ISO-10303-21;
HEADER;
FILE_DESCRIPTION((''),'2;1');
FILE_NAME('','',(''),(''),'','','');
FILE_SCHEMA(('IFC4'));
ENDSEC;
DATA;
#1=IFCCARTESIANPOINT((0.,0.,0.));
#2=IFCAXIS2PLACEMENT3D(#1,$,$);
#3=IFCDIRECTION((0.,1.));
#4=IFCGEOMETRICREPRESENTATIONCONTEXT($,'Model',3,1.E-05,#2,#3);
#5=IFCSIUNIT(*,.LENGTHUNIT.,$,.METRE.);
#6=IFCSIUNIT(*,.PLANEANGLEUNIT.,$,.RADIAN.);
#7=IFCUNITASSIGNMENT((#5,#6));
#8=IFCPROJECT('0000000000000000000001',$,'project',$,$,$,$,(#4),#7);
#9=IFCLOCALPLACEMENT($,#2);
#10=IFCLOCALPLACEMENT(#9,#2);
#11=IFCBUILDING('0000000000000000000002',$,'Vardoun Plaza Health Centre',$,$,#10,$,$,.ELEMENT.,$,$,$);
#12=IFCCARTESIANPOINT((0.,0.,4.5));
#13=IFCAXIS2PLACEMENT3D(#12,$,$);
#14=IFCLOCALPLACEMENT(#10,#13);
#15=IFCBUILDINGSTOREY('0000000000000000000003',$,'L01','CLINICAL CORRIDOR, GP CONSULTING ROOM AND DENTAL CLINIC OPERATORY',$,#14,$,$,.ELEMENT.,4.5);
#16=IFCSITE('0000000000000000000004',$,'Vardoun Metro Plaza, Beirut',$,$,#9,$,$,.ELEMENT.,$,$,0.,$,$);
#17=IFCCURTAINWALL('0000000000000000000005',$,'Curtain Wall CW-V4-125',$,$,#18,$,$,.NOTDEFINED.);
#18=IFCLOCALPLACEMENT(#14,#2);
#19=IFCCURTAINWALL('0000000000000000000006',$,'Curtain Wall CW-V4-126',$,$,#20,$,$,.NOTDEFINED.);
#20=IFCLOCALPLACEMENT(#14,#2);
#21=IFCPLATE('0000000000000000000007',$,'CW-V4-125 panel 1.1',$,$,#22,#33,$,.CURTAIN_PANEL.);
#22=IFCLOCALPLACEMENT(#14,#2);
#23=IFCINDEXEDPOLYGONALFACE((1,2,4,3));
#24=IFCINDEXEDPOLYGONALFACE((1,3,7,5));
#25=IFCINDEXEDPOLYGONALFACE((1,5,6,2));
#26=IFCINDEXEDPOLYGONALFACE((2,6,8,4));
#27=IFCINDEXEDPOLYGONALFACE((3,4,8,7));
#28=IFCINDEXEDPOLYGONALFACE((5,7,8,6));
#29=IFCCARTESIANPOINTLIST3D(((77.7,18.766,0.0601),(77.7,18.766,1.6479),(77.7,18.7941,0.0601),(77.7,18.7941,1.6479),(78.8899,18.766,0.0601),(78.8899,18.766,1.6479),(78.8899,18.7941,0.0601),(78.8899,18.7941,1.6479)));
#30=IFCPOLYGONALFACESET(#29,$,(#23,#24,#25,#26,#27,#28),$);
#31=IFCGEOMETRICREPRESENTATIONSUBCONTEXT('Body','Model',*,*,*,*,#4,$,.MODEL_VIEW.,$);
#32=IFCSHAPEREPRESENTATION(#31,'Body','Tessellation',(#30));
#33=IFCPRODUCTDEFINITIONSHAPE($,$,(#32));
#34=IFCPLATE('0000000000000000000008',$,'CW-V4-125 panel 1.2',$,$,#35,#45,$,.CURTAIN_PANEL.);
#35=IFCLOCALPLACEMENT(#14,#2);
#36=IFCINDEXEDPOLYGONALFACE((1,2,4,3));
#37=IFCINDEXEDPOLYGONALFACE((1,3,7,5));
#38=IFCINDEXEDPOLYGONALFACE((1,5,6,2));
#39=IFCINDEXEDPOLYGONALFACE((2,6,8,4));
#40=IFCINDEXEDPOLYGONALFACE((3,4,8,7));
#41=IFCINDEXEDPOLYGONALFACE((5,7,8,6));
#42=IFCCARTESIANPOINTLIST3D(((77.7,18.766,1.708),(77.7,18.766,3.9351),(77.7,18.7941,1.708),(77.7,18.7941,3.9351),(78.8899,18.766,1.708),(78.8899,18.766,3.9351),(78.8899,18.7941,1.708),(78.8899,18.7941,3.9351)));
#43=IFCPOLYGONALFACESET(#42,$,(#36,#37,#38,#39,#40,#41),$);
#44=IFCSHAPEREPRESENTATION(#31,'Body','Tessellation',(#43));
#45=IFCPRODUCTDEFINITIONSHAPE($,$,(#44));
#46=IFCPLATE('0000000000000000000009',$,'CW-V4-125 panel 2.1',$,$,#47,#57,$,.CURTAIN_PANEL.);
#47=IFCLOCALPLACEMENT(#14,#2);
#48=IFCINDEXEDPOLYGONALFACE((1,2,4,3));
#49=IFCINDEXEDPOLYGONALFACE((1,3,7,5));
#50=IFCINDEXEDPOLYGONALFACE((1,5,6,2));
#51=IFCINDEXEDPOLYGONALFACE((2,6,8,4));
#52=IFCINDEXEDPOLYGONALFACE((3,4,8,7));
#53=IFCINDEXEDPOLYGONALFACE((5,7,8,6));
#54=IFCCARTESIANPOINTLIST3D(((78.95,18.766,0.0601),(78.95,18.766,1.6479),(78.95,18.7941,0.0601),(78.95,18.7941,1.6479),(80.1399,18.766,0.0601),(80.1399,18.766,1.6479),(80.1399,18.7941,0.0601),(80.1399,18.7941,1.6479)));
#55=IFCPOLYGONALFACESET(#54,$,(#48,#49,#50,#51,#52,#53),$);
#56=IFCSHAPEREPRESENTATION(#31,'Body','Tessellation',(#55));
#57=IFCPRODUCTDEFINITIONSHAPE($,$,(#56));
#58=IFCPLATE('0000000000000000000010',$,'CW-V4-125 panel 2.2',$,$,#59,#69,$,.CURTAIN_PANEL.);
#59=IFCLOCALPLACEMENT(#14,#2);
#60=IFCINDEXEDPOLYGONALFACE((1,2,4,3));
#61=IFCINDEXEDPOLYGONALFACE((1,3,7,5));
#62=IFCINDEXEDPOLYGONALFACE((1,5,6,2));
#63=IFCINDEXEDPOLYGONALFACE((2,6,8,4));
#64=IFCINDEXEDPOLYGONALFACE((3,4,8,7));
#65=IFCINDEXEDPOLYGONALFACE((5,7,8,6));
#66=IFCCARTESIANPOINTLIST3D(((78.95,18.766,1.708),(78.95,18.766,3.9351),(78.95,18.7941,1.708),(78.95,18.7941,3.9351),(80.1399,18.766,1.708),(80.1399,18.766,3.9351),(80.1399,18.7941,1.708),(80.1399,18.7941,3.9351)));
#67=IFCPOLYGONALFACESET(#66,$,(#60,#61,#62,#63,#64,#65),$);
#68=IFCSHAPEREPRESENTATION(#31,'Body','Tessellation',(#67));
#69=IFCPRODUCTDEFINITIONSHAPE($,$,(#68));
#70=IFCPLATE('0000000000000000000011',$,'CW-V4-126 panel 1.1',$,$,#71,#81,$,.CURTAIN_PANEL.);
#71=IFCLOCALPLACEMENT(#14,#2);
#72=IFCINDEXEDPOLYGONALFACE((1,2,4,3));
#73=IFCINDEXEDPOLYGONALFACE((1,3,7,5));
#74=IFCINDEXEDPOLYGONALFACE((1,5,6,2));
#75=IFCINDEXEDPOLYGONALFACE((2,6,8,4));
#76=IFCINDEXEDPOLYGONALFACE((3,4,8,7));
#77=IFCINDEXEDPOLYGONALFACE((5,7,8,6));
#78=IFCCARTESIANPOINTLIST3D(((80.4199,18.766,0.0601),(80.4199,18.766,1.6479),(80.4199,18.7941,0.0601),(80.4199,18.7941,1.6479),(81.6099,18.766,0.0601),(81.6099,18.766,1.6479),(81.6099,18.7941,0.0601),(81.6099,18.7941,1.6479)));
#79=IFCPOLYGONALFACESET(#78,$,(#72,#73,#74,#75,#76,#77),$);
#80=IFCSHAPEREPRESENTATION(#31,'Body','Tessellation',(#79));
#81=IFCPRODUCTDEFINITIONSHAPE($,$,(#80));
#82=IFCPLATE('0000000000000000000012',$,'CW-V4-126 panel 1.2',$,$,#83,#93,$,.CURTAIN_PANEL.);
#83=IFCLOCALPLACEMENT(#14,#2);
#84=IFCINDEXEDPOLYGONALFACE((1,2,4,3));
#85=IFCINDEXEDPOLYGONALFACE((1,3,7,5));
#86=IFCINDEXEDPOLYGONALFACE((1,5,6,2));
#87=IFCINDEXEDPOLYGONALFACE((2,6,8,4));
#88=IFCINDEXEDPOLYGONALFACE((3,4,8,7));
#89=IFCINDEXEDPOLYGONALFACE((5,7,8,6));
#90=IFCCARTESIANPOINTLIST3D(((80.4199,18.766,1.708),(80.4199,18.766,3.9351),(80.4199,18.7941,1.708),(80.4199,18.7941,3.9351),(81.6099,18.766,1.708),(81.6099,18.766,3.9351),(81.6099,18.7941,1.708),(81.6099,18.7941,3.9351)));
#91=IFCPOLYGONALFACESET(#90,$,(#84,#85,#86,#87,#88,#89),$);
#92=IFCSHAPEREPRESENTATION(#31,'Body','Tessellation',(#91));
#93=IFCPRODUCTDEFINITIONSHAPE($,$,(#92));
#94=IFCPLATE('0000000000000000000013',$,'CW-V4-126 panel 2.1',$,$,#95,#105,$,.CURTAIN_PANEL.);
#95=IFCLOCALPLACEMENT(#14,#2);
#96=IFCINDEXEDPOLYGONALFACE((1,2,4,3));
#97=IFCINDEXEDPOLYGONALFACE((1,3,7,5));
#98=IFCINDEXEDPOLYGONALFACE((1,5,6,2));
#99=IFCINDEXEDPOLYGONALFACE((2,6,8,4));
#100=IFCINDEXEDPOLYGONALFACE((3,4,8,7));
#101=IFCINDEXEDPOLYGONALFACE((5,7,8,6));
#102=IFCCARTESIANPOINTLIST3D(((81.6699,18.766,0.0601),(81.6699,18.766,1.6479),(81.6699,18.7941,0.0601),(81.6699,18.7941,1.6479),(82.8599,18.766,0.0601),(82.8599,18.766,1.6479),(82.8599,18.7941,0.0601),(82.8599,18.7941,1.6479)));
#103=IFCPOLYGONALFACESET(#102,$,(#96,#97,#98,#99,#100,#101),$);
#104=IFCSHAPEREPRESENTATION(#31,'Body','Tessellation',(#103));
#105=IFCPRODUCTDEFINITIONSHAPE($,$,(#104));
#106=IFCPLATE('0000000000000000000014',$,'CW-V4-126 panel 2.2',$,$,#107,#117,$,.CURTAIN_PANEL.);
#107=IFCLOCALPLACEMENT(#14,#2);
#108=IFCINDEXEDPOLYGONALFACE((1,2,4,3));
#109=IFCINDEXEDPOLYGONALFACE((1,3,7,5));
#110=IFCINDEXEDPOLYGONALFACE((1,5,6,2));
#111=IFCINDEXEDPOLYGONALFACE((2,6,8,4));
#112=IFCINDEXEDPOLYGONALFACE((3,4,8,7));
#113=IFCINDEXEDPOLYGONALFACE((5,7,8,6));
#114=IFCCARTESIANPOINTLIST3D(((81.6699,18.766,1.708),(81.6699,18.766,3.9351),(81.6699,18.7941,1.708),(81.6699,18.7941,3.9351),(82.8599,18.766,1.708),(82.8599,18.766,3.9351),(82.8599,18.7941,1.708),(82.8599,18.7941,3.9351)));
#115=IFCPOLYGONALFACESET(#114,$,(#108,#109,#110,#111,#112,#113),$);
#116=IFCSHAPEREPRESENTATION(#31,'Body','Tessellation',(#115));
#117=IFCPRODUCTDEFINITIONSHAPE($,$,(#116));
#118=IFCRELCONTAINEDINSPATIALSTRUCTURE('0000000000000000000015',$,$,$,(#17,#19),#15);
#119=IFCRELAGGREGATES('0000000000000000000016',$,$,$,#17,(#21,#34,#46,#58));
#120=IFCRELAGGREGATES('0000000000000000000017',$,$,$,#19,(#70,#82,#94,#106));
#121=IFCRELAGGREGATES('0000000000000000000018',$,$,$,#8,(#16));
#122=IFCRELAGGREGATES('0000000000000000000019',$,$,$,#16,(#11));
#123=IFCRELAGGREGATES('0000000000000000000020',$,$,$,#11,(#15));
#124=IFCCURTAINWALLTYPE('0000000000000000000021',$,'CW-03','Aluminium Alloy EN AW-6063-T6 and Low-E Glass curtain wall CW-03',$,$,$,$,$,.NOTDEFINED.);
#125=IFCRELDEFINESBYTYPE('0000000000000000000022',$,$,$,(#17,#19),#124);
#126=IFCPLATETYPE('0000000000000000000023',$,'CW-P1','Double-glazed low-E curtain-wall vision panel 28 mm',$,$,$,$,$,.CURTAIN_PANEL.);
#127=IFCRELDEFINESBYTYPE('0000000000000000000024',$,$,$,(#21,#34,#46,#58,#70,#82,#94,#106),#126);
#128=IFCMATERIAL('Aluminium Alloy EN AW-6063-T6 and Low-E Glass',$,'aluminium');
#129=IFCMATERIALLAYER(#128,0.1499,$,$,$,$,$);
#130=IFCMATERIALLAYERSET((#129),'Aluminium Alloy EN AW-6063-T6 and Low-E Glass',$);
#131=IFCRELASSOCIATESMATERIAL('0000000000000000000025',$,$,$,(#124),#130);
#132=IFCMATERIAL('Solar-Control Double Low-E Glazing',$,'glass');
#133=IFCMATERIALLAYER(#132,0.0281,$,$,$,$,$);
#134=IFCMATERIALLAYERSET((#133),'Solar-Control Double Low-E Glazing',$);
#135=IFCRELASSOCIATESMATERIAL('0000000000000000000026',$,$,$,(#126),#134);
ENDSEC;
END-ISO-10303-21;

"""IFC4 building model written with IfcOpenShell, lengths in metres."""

from ifc_helpers import new_model, si_unit, direction, frame, origin, origin_2d, place, context, subcontext, project, spatial, rectangle, extrude, material, layer, layer_set, type_object, element, aggregate, save


model = new_model("IFC4")

# Units and contexts
model_context = context("Model", 3, precision=1e-05, world=origin(), true_north=direction((0.0, 1.0)))
body_context = subcontext(model_context, "Body", "Model", "MODEL_VIEW")
ifc_project = project(units=[si_unit("LENGTHUNIT", "METRE"), si_unit("PLANEANGLEUNIT", "RADIAN")], contexts=[model_context])

# Site, building, storey
site_placement = place(None, origin())
site = spatial("IfcSite", under=ifc_project, at=site_placement, Name="Vardoun Metro Plaza, Beirut", CompositionType="ELEMENT", RefElevation=0.0)
building_placement = place(site_placement, origin())
building = spatial("IfcBuilding", under=site, at=building_placement, Name="Vardoun Plaza Health Centre", CompositionType="ELEMENT")
storey_placement = place(building_placement, frame((0.0, 0.0, 4.5)))
storey = spatial("IfcBuildingStorey", under=building, at=storey_placement, Name="L01", Description="CLINICAL CORRIDOR, GP CONSULTING ROOM AND DENTAL CLINIC OPERATORY", CompositionType="ELEMENT", Elevation=4.5)

# Curtain walls
ifc_material_1 = material(Name="Aluminium Alloy EN AW-6063-T6 and Low-E Glass", Category="aluminium")
ifc_layer_1 = layer(ifc_material_1, 0.1499)
ifc_layer_set_1 = layer_set([ifc_layer_1], Name="Aluminium Alloy EN AW-6063-T6 and Low-E Glass")
curtain_wall_type = type_object("IfcCurtainWallType", Name="CW-03", Description="Aluminium Alloy EN AW-6063-T6 and Low-E Glass curtain wall CW-03", PredefinedType="NOTDEFINED", material=ifc_layer_set_1)
curtain_wall_1_placement = place(storey_placement, origin())
curtain_wall_1 = element("IfcCurtainWall", 1, at=curtain_wall_1_placement, inside=storey, type_object=curtain_wall_type, Name="Curtain Wall CW-V4-125", PredefinedType="NOTDEFINED")
curtain_wall_2_placement = place(storey_placement, origin())
curtain_wall_2 = element("IfcCurtainWall", 2, at=curtain_wall_2_placement, inside=storey, type_object=curtain_wall_type, Name="Curtain Wall CW-V4-126", PredefinedType="NOTDEFINED")

# Plates
ifc_material_2 = material(Name="Solar-Control Double Low-E Glazing", Category="glass")
ifc_layer_2 = layer(ifc_material_2, 0.0281)
ifc_layer_set_2 = layer_set([ifc_layer_2], Name="Solar-Control Double Low-E Glazing")
plate_type = type_object("IfcPlateType", Name="CW-P1", Description="Double-glazed low-E curtain-wall vision panel 28 mm", PredefinedType="CURTAIN_PANEL", material=ifc_layer_set_2)
plate_1_placement = place(storey_placement, frame((78.2949, 18.78, 0.0601), z_axis=(0.0, 0.0, 1.0), x_axis=(1.0, 0.0, 0.0)))
plate_1 = element("IfcPlate", 3, at=plate_1_placement, type_object=plate_type, Name="CW-V4-125 panel 1.1", PredefinedType="CURTAIN_PANEL", context=body_context, shape_type="SweptSolid", body=[
    extrude(rectangle(XDim=1.1899, YDim=0.0281, at=origin_2d()), origin(), (0.0, 0.0, 1.0), 1.5879),
])
plate_2_placement = place(storey_placement, frame((78.2949, 18.78, 1.708), z_axis=(0.0, 0.0, 1.0), x_axis=(1.0, 0.0, 0.0)))
plate_2 = element("IfcPlate", 4, at=plate_2_placement, type_object=plate_type, Name="CW-V4-125 panel 1.2", PredefinedType="CURTAIN_PANEL", context=body_context, shape_type="SweptSolid", body=[
    extrude(rectangle(XDim=1.1899, YDim=0.0281, at=origin_2d()), origin(), (0.0, 0.0, 1.0), 2.2271),
])
plate_3_placement = place(storey_placement, frame((79.5449, 18.78, 0.0601), z_axis=(0.0, 0.0, 1.0), x_axis=(1.0, 0.0, 0.0)))
plate_3 = element("IfcPlate", 5, at=plate_3_placement, type_object=plate_type, Name="CW-V4-125 panel 2.1", PredefinedType="CURTAIN_PANEL", context=body_context, shape_type="SweptSolid", body=[
    extrude(rectangle(XDim=1.1899, YDim=0.0281, at=origin_2d()), origin(), (0.0, 0.0, 1.0), 1.5879),
])
plate_4_placement = place(storey_placement, frame((79.5449, 18.78, 1.708), z_axis=(0.0, 0.0, 1.0), x_axis=(1.0, 0.0, 0.0)))
plate_4 = element("IfcPlate", 6, at=plate_4_placement, type_object=plate_type, Name="CW-V4-125 panel 2.2", PredefinedType="CURTAIN_PANEL", context=body_context, shape_type="SweptSolid", body=[
    extrude(rectangle(XDim=1.1899, YDim=0.0281, at=origin_2d()), origin(), (0.0, 0.0, 1.0), 2.2271),
])
aggregate(curtain_wall_1, [plate_1, plate_2, plate_3, plate_4])
plate_5_placement = place(storey_placement, frame((81.0149, 18.78, 0.0601), z_axis=(0.0, 0.0, 1.0), x_axis=(1.0, 0.0, 0.0)))
plate_5 = element("IfcPlate", 7, at=plate_5_placement, type_object=plate_type, Name="CW-V4-126 panel 1.1", PredefinedType="CURTAIN_PANEL", context=body_context, shape_type="SweptSolid", body=[
    extrude(rectangle(XDim=1.1899, YDim=0.0281, at=origin_2d()), origin(), (0.0, 0.0, 1.0), 1.5879),
])
plate_6_placement = place(storey_placement, frame((81.0149, 18.78, 1.708), z_axis=(0.0, 0.0, 1.0), x_axis=(1.0, 0.0, 0.0)))
plate_6 = element("IfcPlate", 8, at=plate_6_placement, type_object=plate_type, Name="CW-V4-126 panel 1.2", PredefinedType="CURTAIN_PANEL", context=body_context, shape_type="SweptSolid", body=[
    extrude(rectangle(XDim=1.1899, YDim=0.0281, at=origin_2d()), origin(), (0.0, 0.0, 1.0), 2.2271),
])
plate_7_placement = place(storey_placement, frame((82.2649, 18.78, 0.0601), z_axis=(0.0, 0.0, 1.0), x_axis=(1.0, 0.0, 0.0)))
plate_7 = element("IfcPlate", 9, at=plate_7_placement, type_object=plate_type, Name="CW-V4-126 panel 2.1", PredefinedType="CURTAIN_PANEL", context=body_context, shape_type="SweptSolid", body=[
    extrude(rectangle(XDim=1.1899, YDim=0.0281, at=origin_2d()), origin(), (0.0, 0.0, 1.0), 1.5879),
])
plate_8_placement = place(storey_placement, frame((82.2649, 18.78, 1.708), z_axis=(0.0, 0.0, 1.0), x_axis=(1.0, 0.0, 0.0)))
plate_8 = element("IfcPlate", 10, at=plate_8_placement, type_object=plate_type, Name="CW-V4-126 panel 2.2", PredefinedType="CURTAIN_PANEL", context=body_context, shape_type="SweptSolid", body=[
    extrude(rectangle(XDim=1.1899, YDim=0.0281, at=origin_2d()), origin(), (0.0, 0.0, 1.0), 2.2271),
])
aggregate(curtain_wall_2, [plate_5, plate_6, plate_7, plate_8])

save(model, "model.ifc")
